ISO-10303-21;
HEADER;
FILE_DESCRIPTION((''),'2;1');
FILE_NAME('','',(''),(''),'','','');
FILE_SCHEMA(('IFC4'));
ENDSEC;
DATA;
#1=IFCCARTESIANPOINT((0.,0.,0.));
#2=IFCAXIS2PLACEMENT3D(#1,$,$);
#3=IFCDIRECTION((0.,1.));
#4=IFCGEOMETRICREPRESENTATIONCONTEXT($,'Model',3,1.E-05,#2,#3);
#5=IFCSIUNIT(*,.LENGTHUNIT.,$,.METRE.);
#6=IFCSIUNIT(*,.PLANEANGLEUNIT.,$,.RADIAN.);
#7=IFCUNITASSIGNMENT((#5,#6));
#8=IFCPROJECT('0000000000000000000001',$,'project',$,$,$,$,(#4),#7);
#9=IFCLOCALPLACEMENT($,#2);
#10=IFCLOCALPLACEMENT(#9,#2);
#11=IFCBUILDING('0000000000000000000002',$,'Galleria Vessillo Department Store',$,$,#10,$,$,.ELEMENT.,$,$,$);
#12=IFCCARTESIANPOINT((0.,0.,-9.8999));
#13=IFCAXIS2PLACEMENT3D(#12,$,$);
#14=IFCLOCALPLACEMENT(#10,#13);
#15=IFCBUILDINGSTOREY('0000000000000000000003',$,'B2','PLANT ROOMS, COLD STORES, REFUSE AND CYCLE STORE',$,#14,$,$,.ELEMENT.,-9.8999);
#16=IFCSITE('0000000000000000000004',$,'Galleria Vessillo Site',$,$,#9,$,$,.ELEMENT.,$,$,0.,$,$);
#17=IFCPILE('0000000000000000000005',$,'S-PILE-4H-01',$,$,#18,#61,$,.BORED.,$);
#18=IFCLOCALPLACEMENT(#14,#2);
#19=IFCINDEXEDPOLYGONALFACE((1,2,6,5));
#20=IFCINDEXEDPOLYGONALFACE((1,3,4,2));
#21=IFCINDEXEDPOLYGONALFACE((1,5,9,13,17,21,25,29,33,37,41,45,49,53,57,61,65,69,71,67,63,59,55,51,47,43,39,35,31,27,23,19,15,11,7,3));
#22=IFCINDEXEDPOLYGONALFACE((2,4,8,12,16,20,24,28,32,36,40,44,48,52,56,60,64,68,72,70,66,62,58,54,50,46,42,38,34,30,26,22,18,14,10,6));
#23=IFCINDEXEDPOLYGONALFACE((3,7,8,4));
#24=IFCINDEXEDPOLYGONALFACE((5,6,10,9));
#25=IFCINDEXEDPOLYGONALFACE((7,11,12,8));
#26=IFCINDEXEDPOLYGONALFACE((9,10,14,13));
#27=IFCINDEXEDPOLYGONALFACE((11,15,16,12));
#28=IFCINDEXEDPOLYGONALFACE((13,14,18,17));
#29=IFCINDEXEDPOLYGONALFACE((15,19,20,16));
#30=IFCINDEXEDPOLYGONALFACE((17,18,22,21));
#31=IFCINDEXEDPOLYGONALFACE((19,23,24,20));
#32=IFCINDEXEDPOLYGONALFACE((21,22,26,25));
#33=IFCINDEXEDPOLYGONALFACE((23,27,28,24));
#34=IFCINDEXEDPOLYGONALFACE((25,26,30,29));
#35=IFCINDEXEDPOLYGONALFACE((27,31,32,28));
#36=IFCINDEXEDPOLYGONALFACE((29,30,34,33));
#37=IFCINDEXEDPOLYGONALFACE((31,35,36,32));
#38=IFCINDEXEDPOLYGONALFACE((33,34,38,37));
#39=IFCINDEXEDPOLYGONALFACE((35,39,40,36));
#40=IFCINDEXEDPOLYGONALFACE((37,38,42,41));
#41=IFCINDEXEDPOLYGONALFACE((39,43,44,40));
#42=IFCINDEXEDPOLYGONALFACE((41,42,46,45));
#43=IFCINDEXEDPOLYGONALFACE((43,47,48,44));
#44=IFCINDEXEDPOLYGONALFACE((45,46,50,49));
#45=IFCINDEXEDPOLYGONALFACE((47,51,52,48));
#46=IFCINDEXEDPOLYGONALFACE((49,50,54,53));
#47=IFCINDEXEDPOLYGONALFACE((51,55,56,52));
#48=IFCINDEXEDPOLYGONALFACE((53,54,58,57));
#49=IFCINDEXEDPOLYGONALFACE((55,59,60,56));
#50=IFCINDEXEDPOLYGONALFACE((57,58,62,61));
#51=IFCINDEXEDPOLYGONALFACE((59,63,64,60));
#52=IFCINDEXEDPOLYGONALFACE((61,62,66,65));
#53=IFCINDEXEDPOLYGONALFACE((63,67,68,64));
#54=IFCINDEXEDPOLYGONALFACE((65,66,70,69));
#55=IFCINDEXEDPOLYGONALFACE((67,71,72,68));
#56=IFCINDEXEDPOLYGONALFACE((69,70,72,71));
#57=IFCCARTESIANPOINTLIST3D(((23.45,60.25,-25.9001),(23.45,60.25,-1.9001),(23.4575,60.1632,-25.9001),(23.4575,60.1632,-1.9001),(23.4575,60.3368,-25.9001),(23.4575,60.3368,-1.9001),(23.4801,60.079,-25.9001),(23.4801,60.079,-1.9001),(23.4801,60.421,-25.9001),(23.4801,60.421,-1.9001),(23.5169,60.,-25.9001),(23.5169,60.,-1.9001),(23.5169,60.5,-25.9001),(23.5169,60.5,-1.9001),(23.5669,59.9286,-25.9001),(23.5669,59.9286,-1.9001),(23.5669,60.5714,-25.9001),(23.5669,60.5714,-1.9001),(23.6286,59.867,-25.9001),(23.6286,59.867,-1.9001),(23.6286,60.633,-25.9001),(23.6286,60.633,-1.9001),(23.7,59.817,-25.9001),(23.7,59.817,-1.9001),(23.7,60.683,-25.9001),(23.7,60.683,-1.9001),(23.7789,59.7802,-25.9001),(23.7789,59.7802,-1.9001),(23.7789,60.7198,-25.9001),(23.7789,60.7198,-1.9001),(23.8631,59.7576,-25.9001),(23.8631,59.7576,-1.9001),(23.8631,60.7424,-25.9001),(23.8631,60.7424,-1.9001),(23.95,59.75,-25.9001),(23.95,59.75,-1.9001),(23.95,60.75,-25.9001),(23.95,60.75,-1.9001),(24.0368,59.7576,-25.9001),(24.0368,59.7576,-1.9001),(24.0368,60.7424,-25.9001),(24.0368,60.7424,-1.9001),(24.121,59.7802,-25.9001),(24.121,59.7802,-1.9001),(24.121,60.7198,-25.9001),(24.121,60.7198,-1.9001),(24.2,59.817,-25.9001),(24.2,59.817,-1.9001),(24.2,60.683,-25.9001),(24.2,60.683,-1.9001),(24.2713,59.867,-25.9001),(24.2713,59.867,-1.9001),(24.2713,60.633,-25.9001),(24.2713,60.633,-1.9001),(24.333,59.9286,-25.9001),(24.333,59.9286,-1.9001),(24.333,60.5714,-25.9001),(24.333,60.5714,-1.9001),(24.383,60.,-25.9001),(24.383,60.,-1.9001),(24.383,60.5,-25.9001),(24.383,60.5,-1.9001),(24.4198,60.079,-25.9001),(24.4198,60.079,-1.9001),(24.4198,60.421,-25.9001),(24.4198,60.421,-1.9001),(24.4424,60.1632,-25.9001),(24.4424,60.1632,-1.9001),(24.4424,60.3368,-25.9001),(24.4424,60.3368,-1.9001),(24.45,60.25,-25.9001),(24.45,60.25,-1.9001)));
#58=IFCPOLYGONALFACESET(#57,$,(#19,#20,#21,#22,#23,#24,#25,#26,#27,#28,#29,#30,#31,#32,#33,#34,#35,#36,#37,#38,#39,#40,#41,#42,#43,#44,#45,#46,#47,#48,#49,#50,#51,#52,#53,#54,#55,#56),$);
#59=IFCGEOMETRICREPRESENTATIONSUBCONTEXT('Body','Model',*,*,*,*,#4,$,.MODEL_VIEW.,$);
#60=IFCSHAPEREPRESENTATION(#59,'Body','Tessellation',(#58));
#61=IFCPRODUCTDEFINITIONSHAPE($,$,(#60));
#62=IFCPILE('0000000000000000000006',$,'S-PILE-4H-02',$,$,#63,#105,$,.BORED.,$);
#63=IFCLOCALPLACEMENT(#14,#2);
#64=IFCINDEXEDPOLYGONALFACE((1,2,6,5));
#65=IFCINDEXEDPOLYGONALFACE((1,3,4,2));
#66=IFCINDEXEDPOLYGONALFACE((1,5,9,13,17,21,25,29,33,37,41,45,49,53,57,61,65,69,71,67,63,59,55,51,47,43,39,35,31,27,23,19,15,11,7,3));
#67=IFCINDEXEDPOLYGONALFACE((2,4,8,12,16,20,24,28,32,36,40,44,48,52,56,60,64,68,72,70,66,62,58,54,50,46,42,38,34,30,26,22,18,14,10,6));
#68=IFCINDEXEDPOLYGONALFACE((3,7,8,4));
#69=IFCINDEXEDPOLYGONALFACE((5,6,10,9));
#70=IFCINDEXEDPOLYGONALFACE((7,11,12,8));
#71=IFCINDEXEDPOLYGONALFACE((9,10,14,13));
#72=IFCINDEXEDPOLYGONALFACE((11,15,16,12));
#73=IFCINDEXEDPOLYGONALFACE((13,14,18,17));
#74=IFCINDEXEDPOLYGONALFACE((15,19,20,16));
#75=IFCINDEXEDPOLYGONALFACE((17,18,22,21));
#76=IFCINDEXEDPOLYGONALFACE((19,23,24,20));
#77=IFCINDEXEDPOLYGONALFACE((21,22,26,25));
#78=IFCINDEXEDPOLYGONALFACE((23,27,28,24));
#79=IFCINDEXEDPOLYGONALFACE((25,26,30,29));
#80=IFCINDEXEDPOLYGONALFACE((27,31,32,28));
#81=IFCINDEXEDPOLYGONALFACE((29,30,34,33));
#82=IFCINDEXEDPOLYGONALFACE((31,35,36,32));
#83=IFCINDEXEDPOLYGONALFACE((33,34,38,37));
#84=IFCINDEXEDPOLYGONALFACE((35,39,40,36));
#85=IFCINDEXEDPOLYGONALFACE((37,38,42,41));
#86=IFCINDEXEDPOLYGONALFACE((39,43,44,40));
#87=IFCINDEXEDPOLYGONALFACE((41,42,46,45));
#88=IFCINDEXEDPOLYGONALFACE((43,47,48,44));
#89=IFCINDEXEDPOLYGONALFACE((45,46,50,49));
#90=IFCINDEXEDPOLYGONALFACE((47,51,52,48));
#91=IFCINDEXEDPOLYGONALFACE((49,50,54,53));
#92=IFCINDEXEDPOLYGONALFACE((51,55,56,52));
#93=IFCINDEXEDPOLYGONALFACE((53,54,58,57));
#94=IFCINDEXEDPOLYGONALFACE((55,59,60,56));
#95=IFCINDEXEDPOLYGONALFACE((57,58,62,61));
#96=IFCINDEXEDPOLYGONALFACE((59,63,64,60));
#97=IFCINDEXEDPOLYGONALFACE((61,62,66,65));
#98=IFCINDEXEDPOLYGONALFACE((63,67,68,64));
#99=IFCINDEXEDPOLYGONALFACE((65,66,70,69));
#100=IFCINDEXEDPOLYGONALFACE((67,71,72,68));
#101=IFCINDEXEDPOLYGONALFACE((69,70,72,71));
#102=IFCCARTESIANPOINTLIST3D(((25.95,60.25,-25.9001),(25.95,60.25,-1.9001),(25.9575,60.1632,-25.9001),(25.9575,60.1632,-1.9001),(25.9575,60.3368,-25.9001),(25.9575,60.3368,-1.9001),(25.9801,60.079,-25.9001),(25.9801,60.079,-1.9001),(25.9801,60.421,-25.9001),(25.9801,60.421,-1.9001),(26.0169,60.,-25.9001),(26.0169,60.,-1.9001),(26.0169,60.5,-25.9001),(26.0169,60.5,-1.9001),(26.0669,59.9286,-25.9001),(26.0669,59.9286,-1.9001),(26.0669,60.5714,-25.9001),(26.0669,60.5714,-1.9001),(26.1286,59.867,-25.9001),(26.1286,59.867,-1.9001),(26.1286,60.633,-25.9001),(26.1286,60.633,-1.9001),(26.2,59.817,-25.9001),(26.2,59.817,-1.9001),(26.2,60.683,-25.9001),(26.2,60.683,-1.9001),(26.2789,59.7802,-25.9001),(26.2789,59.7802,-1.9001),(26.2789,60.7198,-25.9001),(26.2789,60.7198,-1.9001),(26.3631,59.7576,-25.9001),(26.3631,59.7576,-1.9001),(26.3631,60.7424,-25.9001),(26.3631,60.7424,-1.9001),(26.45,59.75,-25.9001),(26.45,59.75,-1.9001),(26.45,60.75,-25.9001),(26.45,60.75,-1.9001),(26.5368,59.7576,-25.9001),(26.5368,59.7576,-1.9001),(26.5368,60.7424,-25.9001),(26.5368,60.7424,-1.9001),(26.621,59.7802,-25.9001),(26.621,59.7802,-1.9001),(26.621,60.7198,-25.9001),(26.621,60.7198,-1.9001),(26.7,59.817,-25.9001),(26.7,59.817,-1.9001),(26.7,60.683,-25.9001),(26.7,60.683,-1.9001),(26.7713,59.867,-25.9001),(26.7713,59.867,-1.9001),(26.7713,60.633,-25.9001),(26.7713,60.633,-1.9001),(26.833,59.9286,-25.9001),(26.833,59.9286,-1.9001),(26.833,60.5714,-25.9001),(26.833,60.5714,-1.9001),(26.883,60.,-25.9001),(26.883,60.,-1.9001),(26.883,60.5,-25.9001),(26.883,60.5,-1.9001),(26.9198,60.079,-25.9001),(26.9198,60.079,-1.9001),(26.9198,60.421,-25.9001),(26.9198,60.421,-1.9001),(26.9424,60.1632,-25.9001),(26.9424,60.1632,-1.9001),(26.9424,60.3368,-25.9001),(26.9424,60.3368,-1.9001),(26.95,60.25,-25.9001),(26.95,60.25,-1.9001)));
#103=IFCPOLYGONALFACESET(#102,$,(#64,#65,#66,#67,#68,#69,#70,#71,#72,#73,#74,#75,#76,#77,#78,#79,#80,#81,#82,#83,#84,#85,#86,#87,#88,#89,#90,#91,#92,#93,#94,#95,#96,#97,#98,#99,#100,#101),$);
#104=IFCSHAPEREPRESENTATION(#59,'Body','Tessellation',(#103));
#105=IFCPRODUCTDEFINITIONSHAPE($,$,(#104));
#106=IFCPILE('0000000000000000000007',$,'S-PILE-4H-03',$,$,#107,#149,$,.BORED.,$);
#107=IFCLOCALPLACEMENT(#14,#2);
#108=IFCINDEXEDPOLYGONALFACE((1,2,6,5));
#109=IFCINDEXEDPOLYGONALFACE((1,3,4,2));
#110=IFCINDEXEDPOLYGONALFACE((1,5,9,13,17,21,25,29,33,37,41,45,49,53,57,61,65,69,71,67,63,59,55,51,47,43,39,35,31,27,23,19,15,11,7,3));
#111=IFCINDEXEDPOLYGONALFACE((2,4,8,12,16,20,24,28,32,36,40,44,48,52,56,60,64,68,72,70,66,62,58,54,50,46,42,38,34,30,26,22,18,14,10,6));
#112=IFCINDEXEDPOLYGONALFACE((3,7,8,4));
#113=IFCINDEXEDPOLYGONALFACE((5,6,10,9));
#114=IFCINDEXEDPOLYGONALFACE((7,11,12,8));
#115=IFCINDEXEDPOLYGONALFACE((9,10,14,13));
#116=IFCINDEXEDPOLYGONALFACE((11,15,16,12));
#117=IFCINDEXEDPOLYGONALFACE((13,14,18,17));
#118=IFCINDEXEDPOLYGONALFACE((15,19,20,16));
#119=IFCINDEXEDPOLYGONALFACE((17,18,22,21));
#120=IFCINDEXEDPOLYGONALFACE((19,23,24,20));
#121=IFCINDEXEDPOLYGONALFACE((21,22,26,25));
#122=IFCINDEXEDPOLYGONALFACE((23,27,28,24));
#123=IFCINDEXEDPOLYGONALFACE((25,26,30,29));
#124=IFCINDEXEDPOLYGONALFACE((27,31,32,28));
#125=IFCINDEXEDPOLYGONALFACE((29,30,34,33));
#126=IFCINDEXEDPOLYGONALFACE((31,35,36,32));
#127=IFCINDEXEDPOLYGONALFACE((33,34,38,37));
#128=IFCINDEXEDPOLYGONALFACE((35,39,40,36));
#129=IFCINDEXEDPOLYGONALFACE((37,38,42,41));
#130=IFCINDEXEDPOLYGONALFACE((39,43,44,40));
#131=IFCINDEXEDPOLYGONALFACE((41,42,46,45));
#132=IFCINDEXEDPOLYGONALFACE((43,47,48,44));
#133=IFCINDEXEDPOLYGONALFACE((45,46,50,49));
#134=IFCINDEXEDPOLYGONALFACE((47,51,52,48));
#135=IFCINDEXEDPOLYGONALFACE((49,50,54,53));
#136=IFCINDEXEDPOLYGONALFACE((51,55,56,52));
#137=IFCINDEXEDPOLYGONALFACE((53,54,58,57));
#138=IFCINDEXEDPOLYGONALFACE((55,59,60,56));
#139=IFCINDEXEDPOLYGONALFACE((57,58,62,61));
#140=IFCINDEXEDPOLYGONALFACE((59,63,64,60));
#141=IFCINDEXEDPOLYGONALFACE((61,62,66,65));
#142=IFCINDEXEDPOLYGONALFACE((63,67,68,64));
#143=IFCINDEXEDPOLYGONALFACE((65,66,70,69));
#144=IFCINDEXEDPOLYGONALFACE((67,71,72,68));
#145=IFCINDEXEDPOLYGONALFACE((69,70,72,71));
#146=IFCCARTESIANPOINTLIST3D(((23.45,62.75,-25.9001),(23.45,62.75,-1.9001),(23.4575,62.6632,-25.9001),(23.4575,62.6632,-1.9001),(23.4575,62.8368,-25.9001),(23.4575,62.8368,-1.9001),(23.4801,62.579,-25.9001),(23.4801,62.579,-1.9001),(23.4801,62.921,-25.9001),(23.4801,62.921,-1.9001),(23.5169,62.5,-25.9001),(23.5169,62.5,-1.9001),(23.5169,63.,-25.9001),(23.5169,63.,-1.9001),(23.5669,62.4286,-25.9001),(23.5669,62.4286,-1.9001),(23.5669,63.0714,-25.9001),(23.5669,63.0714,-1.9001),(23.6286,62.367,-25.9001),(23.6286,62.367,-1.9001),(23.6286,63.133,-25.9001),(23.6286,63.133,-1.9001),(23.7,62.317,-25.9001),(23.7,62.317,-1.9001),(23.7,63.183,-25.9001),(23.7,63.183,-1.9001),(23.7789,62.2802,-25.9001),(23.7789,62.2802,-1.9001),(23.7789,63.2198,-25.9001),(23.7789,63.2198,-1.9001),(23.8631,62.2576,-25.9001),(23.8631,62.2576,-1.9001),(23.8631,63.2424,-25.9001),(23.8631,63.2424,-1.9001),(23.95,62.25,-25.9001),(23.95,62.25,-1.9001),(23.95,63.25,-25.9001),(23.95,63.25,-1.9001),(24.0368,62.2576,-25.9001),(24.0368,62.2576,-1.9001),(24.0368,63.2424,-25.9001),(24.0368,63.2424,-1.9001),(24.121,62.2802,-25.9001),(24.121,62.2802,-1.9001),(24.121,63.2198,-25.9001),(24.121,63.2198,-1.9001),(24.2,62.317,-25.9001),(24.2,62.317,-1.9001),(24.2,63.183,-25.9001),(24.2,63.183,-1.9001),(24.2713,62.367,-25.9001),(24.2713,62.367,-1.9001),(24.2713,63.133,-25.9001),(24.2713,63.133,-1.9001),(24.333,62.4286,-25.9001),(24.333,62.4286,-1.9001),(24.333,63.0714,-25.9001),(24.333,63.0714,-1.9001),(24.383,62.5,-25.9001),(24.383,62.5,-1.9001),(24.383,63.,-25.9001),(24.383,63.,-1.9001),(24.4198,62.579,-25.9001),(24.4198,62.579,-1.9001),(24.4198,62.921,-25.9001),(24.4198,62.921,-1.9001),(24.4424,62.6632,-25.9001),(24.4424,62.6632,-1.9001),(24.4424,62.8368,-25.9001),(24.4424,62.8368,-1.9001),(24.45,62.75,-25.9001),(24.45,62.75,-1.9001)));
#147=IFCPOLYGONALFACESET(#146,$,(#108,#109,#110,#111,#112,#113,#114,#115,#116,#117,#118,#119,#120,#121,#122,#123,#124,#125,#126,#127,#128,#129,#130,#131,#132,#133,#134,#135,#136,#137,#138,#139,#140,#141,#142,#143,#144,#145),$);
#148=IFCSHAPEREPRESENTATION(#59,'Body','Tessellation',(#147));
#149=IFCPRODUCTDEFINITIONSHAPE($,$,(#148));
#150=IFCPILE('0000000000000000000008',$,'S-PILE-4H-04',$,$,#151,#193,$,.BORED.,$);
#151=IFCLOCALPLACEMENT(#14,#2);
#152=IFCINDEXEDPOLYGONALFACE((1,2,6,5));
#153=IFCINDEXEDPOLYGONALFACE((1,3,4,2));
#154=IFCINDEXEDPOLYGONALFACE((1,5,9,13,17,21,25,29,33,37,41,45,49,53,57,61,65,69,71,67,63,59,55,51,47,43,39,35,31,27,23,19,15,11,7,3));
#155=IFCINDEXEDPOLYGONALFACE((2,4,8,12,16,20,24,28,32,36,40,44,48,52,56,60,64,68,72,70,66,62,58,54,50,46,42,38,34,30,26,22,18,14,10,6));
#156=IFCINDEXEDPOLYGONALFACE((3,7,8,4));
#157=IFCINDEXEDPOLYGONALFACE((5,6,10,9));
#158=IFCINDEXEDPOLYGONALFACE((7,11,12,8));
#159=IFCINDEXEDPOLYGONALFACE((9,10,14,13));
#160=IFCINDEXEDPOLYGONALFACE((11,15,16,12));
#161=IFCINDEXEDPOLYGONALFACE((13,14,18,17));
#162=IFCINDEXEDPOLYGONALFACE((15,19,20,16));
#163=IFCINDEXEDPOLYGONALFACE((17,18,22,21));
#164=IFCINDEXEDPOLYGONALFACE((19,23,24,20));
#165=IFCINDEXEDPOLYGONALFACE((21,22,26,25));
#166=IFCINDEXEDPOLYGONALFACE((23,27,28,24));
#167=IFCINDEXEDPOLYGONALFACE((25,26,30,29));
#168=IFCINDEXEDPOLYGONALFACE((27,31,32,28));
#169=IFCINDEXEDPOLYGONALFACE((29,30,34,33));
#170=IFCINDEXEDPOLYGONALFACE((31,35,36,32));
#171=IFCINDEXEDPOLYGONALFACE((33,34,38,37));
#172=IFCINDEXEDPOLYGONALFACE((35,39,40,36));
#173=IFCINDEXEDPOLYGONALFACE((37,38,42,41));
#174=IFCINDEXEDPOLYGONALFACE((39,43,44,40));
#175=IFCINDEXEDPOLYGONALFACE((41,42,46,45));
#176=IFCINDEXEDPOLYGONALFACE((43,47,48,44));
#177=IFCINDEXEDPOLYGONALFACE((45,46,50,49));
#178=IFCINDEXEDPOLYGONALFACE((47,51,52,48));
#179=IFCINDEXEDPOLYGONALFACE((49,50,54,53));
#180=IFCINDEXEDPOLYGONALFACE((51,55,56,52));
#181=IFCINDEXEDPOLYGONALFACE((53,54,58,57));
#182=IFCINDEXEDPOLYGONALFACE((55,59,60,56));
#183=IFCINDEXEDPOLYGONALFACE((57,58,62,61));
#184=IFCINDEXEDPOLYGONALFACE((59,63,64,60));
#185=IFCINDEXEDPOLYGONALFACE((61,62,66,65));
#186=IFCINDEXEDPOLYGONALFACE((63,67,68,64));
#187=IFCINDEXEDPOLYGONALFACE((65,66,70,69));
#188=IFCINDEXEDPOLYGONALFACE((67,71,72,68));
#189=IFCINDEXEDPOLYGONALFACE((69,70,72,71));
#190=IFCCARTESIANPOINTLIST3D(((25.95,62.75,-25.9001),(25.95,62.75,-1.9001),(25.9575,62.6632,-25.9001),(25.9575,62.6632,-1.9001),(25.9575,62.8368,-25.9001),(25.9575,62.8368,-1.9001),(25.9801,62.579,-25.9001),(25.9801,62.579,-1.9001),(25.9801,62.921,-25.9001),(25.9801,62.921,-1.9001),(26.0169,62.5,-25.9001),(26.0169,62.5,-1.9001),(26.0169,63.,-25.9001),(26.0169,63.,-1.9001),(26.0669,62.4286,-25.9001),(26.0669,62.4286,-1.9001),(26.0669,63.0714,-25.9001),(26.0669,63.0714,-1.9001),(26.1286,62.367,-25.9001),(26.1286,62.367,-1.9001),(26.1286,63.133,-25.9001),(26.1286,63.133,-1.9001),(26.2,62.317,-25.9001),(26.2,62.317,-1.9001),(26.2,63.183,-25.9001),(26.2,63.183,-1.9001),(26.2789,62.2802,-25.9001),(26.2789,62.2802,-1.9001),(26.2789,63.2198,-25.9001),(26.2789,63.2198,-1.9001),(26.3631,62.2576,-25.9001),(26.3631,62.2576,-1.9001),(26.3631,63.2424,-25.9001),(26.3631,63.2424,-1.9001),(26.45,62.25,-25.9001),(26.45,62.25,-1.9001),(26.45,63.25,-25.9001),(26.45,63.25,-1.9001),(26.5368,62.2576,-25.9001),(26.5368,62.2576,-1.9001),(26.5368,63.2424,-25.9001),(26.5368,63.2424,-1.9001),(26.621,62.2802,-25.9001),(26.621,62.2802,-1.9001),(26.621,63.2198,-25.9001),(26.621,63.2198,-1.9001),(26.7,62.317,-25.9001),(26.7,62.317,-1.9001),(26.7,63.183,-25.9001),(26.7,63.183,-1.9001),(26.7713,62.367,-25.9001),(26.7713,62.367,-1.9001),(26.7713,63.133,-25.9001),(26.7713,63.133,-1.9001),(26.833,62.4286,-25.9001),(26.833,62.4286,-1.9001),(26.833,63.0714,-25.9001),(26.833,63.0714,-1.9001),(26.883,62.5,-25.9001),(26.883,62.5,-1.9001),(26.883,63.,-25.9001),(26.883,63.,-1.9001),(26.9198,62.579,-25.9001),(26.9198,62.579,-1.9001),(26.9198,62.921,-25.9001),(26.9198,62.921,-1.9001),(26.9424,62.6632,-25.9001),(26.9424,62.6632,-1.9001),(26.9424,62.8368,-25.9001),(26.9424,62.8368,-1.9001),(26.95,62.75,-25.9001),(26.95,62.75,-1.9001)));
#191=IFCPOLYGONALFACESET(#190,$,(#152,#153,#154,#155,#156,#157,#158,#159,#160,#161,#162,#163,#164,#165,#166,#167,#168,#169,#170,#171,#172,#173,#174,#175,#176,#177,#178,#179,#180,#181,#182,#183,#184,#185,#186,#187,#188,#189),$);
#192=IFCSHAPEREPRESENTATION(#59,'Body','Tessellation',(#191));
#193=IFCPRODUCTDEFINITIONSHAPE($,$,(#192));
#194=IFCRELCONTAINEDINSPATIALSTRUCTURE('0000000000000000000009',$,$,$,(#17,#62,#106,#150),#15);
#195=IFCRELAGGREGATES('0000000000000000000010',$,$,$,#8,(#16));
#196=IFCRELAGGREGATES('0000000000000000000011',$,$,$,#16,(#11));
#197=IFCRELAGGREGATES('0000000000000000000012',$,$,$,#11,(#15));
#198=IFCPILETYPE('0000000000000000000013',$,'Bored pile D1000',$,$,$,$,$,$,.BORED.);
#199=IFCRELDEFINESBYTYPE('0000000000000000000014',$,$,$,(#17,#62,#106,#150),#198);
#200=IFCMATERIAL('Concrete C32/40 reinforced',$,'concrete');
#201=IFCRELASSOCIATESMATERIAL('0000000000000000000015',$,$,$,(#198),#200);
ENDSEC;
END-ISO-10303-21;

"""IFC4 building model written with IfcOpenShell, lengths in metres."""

from ifc_helpers import new_model, si_unit, direction, frame, origin, origin_2d, place, context, subcontext, project, spatial, circle, extrude, material, material_profile, profile_set, type_object, element, save


model = new_model("IFC4")

# Units and contexts
model_context = context("Model", 3, precision=1e-05, world=origin(), true_north=direction((0.0, 1.0)))
body_context = subcontext(model_context, "Body", "Model", "MODEL_VIEW")
ifc_project = project(units=[si_unit("LENGTHUNIT", "METRE"), si_unit("PLANEANGLEUNIT", "RADIAN")], contexts=[model_context])

# Site, building, storey
site_placement = place(None, origin())
site = spatial("IfcSite", under=ifc_project, at=site_placement, Name="Galleria Vessillo Site", CompositionType="ELEMENT", RefElevation=0.0)
building_placement = place(site_placement, origin())
building = spatial("IfcBuilding", under=site, at=building_placement, Name="Galleria Vessillo Department Store", CompositionType="ELEMENT")
storey_placement = place(building_placement, frame((0.0, 0.0, -9.8999)))
storey = spatial("IfcBuildingStorey", under=building, at=storey_placement, Name="B2", Description="PLANT ROOMS, COLD STORES, REFUSE AND CYCLE STORE", CompositionType="ELEMENT", Elevation=-9.8999)

# Piles
ifc_material_1 = material(Name="Concrete C32/40 reinforced", Category="concrete")
ifc_material_profile_1 = material_profile(ifc_material_1, circle(Radius=0.5, at=origin_2d()), Name="Bored pile D1000")
ifc_profile_set_1 = profile_set([ifc_material_profile_1], Name="Concrete C32/40 reinforced")
pile_type = type_object("IfcPileType", Name="Bored pile D1000", PredefinedType="BORED", material=ifc_profile_set_1)
for number, where, z_axis, x_axis, name in (
    (1, (23.95, 60.25, -1.9001), (0.0, 0.0, -1.0), (1.0, 0.0, 0.0), "S-PILE-4H-01"),
    (2, (26.45, 60.25, -1.9001), (0.0, 0.0, -1.0), (1.0, 0.0, 0.0), "S-PILE-4H-02"),
    (3, (23.95, 62.75, -1.9001), (0.0, 0.0, -1.0), (1.0, 0.0, 0.0), "S-PILE-4H-03"),
    (4, (26.45, 62.75, -1.9001), (0.0, 0.0, -1.0), (1.0, 0.0, 0.0), "S-PILE-4H-04"),
):
    element("IfcPile", number, at=place(storey_placement, frame(where, z_axis=z_axis, x_axis=x_axis)), inside=storey, type_object=pile_type, Name=name, PredefinedType="BORED", context=body_context, shape_type="SweptSolid", body=[
        extrude(circle(Radius=0.5, at=origin_2d()), origin(), (0.0, 0.0, 1.0), 24.0),
    ])

save(model, "model.ifc")
